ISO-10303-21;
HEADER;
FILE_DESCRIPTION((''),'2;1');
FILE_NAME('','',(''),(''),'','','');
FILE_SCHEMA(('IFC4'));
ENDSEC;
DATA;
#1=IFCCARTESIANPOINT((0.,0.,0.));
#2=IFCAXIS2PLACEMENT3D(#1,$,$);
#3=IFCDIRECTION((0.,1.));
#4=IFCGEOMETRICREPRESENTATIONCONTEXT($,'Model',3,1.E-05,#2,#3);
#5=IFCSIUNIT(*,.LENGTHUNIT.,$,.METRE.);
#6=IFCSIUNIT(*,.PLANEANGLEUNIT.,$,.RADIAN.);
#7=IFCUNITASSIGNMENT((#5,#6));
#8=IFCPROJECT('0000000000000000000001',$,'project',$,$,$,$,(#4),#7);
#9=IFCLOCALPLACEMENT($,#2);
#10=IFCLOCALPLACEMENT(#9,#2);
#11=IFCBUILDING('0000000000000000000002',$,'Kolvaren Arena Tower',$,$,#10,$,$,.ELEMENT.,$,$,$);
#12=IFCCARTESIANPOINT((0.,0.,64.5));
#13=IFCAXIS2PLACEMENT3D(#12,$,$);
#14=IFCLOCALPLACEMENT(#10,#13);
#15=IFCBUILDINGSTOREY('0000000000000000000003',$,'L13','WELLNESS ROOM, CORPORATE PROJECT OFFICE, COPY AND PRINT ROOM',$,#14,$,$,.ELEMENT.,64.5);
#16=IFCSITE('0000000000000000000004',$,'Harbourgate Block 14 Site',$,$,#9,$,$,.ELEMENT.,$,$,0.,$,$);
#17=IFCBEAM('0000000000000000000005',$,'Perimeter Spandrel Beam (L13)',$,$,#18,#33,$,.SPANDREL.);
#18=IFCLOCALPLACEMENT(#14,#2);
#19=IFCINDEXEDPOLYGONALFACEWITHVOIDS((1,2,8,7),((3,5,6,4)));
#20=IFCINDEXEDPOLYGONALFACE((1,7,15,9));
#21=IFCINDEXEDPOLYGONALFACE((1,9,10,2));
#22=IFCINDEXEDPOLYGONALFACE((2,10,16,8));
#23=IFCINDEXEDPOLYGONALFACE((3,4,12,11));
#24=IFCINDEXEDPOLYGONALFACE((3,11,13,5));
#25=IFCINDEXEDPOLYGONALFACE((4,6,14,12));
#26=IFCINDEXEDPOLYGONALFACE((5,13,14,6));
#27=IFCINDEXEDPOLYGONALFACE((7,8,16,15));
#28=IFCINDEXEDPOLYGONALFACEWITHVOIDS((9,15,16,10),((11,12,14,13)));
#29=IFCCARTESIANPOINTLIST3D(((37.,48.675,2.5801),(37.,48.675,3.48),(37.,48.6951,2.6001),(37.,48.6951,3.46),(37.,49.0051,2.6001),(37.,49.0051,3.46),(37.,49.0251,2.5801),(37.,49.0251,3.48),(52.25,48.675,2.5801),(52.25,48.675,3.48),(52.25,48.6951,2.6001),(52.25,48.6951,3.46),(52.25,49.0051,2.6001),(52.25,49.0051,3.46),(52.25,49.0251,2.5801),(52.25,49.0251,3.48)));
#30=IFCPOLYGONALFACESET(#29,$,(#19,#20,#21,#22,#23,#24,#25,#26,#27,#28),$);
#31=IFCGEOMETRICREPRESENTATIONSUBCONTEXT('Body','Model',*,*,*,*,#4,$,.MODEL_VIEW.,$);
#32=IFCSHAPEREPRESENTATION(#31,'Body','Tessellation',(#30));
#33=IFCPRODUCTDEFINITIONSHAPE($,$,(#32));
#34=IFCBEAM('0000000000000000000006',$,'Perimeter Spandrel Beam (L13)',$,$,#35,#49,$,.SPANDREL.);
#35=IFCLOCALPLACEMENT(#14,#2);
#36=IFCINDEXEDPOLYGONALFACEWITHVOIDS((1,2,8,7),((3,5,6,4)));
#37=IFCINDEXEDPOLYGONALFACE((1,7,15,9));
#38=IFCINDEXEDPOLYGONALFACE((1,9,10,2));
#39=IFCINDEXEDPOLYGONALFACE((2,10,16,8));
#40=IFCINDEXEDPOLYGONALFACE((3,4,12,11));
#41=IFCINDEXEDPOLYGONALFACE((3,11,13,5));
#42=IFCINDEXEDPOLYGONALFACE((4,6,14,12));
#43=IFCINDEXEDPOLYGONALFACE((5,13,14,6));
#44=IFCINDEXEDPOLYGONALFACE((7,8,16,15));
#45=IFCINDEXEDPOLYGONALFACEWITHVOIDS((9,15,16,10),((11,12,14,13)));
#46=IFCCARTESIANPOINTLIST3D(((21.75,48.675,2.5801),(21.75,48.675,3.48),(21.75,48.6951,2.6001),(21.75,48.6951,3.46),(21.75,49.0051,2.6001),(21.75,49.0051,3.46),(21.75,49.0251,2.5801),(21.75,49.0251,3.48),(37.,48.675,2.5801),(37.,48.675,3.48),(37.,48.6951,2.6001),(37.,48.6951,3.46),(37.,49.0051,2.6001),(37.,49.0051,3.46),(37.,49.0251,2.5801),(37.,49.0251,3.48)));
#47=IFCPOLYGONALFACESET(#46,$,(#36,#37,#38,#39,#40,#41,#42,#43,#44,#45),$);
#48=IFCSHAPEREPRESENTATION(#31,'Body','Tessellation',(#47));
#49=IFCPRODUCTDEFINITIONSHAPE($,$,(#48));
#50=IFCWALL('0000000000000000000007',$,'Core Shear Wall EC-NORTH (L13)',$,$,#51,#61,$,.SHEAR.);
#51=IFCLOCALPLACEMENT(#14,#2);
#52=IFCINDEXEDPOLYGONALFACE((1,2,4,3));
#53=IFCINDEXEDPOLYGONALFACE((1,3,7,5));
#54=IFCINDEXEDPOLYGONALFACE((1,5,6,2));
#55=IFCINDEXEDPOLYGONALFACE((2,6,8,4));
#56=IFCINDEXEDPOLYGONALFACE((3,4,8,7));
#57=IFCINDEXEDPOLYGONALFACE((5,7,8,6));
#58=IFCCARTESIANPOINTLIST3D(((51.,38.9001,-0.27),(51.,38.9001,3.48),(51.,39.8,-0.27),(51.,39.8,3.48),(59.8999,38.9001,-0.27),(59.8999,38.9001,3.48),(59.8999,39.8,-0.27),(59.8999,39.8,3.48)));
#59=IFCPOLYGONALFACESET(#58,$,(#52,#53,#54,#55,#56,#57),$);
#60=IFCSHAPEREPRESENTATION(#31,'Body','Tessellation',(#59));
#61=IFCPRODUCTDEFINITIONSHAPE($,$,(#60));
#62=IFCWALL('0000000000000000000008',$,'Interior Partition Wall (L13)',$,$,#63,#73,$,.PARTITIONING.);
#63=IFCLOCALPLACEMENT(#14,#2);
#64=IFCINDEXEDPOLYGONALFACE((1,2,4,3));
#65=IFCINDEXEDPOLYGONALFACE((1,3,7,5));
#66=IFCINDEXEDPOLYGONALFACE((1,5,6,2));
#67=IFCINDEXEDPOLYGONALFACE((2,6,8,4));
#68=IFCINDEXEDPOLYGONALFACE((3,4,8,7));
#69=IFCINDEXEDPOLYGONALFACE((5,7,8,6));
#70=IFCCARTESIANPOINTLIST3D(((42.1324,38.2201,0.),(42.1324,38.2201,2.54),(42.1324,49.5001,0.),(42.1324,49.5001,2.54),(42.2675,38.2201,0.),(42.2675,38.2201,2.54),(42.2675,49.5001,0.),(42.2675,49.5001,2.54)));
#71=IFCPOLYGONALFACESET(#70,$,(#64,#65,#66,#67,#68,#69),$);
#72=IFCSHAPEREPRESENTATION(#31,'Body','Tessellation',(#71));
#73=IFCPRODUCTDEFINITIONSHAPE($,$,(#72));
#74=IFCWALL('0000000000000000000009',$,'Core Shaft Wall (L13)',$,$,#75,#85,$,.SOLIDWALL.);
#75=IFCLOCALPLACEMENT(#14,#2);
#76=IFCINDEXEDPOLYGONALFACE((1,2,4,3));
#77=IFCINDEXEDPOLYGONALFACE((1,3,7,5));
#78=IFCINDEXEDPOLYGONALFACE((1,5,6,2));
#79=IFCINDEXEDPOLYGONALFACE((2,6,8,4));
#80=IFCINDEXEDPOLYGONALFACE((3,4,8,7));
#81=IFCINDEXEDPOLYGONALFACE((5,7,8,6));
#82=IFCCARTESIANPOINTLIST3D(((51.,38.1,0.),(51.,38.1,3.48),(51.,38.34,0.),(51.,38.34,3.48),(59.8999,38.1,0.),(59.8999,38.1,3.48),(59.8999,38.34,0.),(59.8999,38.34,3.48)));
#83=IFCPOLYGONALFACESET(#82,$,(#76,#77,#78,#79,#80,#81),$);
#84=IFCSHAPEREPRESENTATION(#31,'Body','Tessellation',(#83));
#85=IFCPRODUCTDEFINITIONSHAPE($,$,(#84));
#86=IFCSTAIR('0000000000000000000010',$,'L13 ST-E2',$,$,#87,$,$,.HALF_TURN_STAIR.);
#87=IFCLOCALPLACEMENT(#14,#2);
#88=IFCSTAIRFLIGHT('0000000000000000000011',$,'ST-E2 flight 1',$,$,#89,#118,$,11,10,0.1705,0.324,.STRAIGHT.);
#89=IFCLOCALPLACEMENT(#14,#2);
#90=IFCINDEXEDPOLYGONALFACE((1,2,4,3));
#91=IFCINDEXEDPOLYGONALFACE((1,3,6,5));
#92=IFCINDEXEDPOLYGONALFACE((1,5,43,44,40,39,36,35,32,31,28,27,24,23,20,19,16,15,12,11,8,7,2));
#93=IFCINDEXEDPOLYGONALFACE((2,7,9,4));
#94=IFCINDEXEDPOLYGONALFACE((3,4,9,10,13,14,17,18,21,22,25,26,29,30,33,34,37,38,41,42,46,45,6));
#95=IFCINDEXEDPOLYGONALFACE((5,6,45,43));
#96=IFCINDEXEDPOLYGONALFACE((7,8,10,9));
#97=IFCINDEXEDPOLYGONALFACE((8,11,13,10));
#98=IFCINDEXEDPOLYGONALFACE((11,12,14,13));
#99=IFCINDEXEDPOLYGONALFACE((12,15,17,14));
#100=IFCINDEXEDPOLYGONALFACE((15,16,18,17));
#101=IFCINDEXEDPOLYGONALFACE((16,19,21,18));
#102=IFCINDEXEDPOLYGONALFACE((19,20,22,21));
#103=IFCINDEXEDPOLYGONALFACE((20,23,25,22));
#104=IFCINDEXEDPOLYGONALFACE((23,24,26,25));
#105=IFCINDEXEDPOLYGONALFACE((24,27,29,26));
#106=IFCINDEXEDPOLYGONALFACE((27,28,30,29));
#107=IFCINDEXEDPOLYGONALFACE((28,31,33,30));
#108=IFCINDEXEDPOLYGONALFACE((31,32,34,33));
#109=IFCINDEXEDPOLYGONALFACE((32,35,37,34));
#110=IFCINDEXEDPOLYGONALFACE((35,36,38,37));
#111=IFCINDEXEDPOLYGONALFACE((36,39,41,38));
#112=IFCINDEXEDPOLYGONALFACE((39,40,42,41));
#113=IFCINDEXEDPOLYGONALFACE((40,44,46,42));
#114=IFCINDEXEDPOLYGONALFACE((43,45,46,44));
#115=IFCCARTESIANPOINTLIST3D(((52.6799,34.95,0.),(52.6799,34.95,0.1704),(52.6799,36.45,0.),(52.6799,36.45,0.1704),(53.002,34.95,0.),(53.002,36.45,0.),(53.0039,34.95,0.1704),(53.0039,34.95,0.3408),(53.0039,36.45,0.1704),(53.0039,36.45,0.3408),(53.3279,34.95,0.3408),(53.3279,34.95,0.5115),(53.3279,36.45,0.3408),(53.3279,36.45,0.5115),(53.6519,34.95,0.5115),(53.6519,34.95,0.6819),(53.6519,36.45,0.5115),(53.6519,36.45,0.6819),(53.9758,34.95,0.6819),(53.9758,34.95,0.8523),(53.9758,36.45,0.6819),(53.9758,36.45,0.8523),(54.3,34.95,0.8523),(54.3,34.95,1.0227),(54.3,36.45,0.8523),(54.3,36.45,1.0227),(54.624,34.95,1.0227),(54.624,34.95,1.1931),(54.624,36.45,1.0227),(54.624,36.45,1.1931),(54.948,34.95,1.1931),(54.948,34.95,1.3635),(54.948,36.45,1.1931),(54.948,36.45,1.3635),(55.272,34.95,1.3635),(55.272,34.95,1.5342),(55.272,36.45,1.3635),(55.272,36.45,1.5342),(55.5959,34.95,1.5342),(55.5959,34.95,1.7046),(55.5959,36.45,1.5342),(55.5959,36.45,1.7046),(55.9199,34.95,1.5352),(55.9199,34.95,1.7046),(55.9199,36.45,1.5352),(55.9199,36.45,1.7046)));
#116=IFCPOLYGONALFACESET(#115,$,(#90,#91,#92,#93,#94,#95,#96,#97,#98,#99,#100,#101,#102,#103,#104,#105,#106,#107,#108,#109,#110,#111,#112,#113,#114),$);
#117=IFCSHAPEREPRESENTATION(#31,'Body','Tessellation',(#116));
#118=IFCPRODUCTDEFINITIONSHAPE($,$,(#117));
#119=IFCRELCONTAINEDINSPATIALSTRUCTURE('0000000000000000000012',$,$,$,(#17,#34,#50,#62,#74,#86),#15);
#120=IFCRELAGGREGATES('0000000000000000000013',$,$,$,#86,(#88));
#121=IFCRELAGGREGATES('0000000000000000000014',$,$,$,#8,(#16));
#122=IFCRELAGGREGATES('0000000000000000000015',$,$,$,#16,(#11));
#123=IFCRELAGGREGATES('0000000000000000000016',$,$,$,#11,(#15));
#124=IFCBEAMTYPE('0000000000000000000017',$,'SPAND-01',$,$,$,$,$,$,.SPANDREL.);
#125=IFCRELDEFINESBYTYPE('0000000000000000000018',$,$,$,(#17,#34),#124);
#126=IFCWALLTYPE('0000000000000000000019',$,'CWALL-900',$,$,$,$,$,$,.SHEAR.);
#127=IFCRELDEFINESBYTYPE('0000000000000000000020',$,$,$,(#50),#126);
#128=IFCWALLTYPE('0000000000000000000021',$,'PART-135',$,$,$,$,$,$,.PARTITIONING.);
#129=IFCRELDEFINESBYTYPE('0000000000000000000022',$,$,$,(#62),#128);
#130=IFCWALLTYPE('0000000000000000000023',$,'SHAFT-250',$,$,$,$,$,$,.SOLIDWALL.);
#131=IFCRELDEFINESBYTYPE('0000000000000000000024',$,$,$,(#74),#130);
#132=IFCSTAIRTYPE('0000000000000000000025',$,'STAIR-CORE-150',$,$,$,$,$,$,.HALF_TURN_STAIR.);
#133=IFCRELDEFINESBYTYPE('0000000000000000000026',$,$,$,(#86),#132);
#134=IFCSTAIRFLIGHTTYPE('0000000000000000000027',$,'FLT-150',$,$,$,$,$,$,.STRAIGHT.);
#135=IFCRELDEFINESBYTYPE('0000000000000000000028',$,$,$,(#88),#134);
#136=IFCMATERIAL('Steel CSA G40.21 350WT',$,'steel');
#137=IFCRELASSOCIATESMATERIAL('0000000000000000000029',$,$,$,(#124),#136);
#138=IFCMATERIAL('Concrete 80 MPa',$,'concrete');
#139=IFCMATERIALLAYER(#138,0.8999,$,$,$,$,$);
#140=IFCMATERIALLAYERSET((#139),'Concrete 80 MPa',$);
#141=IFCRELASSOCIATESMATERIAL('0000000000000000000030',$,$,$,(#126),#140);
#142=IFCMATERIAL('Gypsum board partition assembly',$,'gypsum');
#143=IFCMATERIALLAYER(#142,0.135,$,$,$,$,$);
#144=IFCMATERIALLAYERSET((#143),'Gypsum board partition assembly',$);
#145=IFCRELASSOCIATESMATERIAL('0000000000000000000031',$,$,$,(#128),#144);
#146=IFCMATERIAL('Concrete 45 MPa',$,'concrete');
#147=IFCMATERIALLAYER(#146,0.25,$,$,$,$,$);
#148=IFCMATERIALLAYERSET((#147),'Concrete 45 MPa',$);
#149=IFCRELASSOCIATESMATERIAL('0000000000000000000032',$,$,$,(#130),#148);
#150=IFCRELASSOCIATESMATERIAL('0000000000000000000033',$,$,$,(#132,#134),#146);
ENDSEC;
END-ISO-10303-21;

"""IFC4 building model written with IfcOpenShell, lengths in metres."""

from ifc_helpers import new_model, si_unit, direction, frame, frame_2d, origin, origin_2d, place, context, subcontext, project, spatial, polyline, rectangle, hollow_rectangle, outline, extrude, material, layer, layer_set, material_profile, profile_set, type_object, element, aggregate, save


model = new_model("IFC4")

# Units and contexts
model_context = context("Model", 3, precision=1e-05, world=origin(), true_north=direction((0.0, 1.0)))
body_context = subcontext(model_context, "Body", "Model", "MODEL_VIEW")
ifc_project = project(units=[si_unit("LENGTHUNIT", "METRE"), si_unit("PLANEANGLEUNIT", "RADIAN")], contexts=[model_context])

# Site, building, storey
site_placement = place(None, origin())
site = spatial("IfcSite", under=ifc_project, at=site_placement, Name="Harbourgate Block 14 Site", CompositionType="ELEMENT", RefElevation=0.0)
building_placement = place(site_placement, origin())
building = spatial("IfcBuilding", under=site, at=building_placement, Name="Kolvaren Arena Tower", CompositionType="ELEMENT")
storey_placement = place(building_placement, frame((0.0, 0.0, 64.5)))
storey = spatial("IfcBuildingStorey", under=building, at=storey_placement, Name="L13", Description="WELLNESS ROOM, CORPORATE PROJECT OFFICE, COPY AND PRINT ROOM", CompositionType="ELEMENT", Elevation=64.5)

# Beams
ifc_material_1 = material(Name="Steel CSA G40.21 350WT", Category="steel")
ifc_material_profile_1 = material_profile(ifc_material_1, hollow_rectangle(XDim=0.3501, YDim=0.8999, WallThickness=0.02, at=origin_2d()), Name="HSS 900x350x20")
ifc_profile_set_1 = profile_set([ifc_material_profile_1], Name="Steel CSA G40.21 350WT")
beam_type_1 = type_object("IfcBeamType", Name="SPAND-01", PredefinedType="SPANDREL", material=ifc_profile_set_1)
for number, where, z_axis, x_axis, name in (
    (1, (52.25, 48.8501, 3.03), (-1.0, 0.0, 0.0), (0.0, -1.0, 0.0), "Perimeter Spandrel Beam (L13)"),
    (2, (37.0, 48.8501, 3.03), (-1.0, 0.0, 0.0), (0.0, -1.0, 0.0), "Perimeter Spandrel Beam (L13)"),
):
    element("IfcBeam", number, at=place(storey_placement, frame(where, z_axis=z_axis, x_axis=x_axis)), inside=storey, type_object=beam_type_1, Name=name, PredefinedType="SPANDREL", context=body_context, shape_type="SweptSolid", body=[
        extrude(hollow_rectangle(XDim=0.3501, YDim=0.8999, WallThickness=0.02, at=origin_2d()), origin(), (0.0, 0.0, 1.0), 15.25),
    ])

# Walls
ifc_material_2 = material(Name="Concrete 80 MPa", Category="concrete")
ifc_layer_1 = layer(ifc_material_2, 0.8999)
ifc_layer_set_1 = layer_set([ifc_layer_1], Name="Concrete 80 MPa")
wall_type_1 = type_object("IfcWallType", Name="CWALL-900", PredefinedType="SHEAR", material=ifc_layer_set_1)
wall_1_placement = place(storey_placement, frame((51.0, 39.3501, -0.27), z_axis=(0.0, 0.0, 1.0), x_axis=(1.0, 0.0, 0.0)))
element("IfcWall", 3, at=wall_1_placement, inside=storey, type_object=wall_type_1, Name="Core Shear Wall EC-NORTH (L13)", PredefinedType="SHEAR", context=body_context, shape_type="SweptSolid", body=[
    extrude(rectangle(XDim=8.8999, YDim=0.8999, at=frame_2d((4.45, 0.0))), origin(), (0.0, 0.0, 1.0), 3.75),
])
ifc_material_3 = material(Name="Gypsum board partition assembly", Category="gypsum")
ifc_layer_2 = layer(ifc_material_3, 0.135)
ifc_layer_set_2 = layer_set([ifc_layer_2], Name="Gypsum board partition assembly")
wall_type_2 = type_object("IfcWallType", Name="PART-135", PredefinedType="PARTITIONING", material=ifc_layer_set_2)
wall_2_placement = place(storey_placement, frame((42.2, 38.22, 0.0), z_axis=(0.0, 0.0, 1.0), x_axis=(0.0, 1.0, 0.0)))
element("IfcWall", 4, at=wall_2_placement, inside=storey, type_object=wall_type_2, Name="Interior Partition Wall (L13)", PredefinedType="PARTITIONING", context=body_context, shape_type="SweptSolid", body=[
    extrude(rectangle(XDim=11.28, YDim=0.135, at=frame_2d((5.6401, 0.0))), origin(), (0.0, 0.0, 1.0), 2.54),
])
ifc_material_4 = material(Name="Concrete 45 MPa", Category="concrete")
ifc_layer_3 = layer(ifc_material_4, 0.25)
ifc_layer_set_3 = layer_set([ifc_layer_3], Name="Concrete 45 MPa")
wall_type_3 = type_object("IfcWallType", Name="SHAFT-250", PredefinedType="SOLIDWALL", material=ifc_layer_set_3)
wall_3_placement = place(storey_placement, frame((51.0, 38.22, 0.0), z_axis=(0.0, 0.0, 1.0), x_axis=(1.0, 0.0, 0.0)))
element("IfcWall", 5, at=wall_3_placement, inside=storey, type_object=wall_type_3, Name="Core Shaft Wall (L13)", PredefinedType="SOLIDWALL", context=body_context, shape_type="SweptSolid", body=[
    extrude(rectangle(XDim=8.8999, YDim=0.24, at=frame_2d((4.45, 0.0))), origin(), (0.0, 0.0, 1.0), 3.48),
])

# Stair, stair flight
stair_type = type_object("IfcStairType", Name="STAIR-CORE-150", PredefinedType="HALF_TURN_STAIR", material=ifc_material_4)
stair_placement = place(storey_placement, origin())
stair = element("IfcStair", 6, at=stair_placement, inside=storey, type_object=stair_type, Name="L13 ST-E2", PredefinedType="HALF_TURN_STAIR")
stair_flight_type = type_object("IfcStairFlightType", Name="FLT-150", PredefinedType="STRAIGHT", material=ifc_material_4)
stair_flight_placement = place(storey_placement, frame((52.6799, 35.7, 0.0), z_axis=(0.0, 0.0, 1.0), x_axis=(1.0, 0.0, 0.0)))
stair_flight = element("IfcStairFlight", 7, at=stair_flight_placement, type_object=stair_flight_type, Name="ST-E2 flight 1", NumberOfRisers=11, NumberOfTreads=10, PredefinedType="STRAIGHT", RiserHeight=0.1705, TreadLength=0.324, context=body_context, shape_type="SweptSolid", body=[
    extrude(outline(polyline([(0.0, 0.0), (0.0, 0.1704), (0.324, 0.1704), (0.324, 0.3408), (0.6479, 0.3408), (0.6479, 0.5115), (0.9719, 0.5115), (0.9719, 0.6819), (1.2959, 0.6819), (1.2959, 0.8523), (1.6201, 0.8523), (1.6201, 1.0227), (1.9441, 1.0227), (1.9441, 1.1931), (2.2681, 1.1931), (2.2681, 1.3635), (2.592, 1.3635), (2.592, 1.5342), (2.916, 1.5342), (2.916, 1.7046), (3.24, 1.7046), (3.24, 1.875), (3.24, 1.5352), (0.322, 0.0), (0.0, 0.0)])), frame((0.0, 0.75, 0.0), z_axis=(0.0, -1.0, 0.0), x_axis=(1.0, 0.0, 0.0)), (0.0, 0.0, 1.0), 1.5),
])
aggregate(stair, [stair_flight])

save(model, "model.ifc")
